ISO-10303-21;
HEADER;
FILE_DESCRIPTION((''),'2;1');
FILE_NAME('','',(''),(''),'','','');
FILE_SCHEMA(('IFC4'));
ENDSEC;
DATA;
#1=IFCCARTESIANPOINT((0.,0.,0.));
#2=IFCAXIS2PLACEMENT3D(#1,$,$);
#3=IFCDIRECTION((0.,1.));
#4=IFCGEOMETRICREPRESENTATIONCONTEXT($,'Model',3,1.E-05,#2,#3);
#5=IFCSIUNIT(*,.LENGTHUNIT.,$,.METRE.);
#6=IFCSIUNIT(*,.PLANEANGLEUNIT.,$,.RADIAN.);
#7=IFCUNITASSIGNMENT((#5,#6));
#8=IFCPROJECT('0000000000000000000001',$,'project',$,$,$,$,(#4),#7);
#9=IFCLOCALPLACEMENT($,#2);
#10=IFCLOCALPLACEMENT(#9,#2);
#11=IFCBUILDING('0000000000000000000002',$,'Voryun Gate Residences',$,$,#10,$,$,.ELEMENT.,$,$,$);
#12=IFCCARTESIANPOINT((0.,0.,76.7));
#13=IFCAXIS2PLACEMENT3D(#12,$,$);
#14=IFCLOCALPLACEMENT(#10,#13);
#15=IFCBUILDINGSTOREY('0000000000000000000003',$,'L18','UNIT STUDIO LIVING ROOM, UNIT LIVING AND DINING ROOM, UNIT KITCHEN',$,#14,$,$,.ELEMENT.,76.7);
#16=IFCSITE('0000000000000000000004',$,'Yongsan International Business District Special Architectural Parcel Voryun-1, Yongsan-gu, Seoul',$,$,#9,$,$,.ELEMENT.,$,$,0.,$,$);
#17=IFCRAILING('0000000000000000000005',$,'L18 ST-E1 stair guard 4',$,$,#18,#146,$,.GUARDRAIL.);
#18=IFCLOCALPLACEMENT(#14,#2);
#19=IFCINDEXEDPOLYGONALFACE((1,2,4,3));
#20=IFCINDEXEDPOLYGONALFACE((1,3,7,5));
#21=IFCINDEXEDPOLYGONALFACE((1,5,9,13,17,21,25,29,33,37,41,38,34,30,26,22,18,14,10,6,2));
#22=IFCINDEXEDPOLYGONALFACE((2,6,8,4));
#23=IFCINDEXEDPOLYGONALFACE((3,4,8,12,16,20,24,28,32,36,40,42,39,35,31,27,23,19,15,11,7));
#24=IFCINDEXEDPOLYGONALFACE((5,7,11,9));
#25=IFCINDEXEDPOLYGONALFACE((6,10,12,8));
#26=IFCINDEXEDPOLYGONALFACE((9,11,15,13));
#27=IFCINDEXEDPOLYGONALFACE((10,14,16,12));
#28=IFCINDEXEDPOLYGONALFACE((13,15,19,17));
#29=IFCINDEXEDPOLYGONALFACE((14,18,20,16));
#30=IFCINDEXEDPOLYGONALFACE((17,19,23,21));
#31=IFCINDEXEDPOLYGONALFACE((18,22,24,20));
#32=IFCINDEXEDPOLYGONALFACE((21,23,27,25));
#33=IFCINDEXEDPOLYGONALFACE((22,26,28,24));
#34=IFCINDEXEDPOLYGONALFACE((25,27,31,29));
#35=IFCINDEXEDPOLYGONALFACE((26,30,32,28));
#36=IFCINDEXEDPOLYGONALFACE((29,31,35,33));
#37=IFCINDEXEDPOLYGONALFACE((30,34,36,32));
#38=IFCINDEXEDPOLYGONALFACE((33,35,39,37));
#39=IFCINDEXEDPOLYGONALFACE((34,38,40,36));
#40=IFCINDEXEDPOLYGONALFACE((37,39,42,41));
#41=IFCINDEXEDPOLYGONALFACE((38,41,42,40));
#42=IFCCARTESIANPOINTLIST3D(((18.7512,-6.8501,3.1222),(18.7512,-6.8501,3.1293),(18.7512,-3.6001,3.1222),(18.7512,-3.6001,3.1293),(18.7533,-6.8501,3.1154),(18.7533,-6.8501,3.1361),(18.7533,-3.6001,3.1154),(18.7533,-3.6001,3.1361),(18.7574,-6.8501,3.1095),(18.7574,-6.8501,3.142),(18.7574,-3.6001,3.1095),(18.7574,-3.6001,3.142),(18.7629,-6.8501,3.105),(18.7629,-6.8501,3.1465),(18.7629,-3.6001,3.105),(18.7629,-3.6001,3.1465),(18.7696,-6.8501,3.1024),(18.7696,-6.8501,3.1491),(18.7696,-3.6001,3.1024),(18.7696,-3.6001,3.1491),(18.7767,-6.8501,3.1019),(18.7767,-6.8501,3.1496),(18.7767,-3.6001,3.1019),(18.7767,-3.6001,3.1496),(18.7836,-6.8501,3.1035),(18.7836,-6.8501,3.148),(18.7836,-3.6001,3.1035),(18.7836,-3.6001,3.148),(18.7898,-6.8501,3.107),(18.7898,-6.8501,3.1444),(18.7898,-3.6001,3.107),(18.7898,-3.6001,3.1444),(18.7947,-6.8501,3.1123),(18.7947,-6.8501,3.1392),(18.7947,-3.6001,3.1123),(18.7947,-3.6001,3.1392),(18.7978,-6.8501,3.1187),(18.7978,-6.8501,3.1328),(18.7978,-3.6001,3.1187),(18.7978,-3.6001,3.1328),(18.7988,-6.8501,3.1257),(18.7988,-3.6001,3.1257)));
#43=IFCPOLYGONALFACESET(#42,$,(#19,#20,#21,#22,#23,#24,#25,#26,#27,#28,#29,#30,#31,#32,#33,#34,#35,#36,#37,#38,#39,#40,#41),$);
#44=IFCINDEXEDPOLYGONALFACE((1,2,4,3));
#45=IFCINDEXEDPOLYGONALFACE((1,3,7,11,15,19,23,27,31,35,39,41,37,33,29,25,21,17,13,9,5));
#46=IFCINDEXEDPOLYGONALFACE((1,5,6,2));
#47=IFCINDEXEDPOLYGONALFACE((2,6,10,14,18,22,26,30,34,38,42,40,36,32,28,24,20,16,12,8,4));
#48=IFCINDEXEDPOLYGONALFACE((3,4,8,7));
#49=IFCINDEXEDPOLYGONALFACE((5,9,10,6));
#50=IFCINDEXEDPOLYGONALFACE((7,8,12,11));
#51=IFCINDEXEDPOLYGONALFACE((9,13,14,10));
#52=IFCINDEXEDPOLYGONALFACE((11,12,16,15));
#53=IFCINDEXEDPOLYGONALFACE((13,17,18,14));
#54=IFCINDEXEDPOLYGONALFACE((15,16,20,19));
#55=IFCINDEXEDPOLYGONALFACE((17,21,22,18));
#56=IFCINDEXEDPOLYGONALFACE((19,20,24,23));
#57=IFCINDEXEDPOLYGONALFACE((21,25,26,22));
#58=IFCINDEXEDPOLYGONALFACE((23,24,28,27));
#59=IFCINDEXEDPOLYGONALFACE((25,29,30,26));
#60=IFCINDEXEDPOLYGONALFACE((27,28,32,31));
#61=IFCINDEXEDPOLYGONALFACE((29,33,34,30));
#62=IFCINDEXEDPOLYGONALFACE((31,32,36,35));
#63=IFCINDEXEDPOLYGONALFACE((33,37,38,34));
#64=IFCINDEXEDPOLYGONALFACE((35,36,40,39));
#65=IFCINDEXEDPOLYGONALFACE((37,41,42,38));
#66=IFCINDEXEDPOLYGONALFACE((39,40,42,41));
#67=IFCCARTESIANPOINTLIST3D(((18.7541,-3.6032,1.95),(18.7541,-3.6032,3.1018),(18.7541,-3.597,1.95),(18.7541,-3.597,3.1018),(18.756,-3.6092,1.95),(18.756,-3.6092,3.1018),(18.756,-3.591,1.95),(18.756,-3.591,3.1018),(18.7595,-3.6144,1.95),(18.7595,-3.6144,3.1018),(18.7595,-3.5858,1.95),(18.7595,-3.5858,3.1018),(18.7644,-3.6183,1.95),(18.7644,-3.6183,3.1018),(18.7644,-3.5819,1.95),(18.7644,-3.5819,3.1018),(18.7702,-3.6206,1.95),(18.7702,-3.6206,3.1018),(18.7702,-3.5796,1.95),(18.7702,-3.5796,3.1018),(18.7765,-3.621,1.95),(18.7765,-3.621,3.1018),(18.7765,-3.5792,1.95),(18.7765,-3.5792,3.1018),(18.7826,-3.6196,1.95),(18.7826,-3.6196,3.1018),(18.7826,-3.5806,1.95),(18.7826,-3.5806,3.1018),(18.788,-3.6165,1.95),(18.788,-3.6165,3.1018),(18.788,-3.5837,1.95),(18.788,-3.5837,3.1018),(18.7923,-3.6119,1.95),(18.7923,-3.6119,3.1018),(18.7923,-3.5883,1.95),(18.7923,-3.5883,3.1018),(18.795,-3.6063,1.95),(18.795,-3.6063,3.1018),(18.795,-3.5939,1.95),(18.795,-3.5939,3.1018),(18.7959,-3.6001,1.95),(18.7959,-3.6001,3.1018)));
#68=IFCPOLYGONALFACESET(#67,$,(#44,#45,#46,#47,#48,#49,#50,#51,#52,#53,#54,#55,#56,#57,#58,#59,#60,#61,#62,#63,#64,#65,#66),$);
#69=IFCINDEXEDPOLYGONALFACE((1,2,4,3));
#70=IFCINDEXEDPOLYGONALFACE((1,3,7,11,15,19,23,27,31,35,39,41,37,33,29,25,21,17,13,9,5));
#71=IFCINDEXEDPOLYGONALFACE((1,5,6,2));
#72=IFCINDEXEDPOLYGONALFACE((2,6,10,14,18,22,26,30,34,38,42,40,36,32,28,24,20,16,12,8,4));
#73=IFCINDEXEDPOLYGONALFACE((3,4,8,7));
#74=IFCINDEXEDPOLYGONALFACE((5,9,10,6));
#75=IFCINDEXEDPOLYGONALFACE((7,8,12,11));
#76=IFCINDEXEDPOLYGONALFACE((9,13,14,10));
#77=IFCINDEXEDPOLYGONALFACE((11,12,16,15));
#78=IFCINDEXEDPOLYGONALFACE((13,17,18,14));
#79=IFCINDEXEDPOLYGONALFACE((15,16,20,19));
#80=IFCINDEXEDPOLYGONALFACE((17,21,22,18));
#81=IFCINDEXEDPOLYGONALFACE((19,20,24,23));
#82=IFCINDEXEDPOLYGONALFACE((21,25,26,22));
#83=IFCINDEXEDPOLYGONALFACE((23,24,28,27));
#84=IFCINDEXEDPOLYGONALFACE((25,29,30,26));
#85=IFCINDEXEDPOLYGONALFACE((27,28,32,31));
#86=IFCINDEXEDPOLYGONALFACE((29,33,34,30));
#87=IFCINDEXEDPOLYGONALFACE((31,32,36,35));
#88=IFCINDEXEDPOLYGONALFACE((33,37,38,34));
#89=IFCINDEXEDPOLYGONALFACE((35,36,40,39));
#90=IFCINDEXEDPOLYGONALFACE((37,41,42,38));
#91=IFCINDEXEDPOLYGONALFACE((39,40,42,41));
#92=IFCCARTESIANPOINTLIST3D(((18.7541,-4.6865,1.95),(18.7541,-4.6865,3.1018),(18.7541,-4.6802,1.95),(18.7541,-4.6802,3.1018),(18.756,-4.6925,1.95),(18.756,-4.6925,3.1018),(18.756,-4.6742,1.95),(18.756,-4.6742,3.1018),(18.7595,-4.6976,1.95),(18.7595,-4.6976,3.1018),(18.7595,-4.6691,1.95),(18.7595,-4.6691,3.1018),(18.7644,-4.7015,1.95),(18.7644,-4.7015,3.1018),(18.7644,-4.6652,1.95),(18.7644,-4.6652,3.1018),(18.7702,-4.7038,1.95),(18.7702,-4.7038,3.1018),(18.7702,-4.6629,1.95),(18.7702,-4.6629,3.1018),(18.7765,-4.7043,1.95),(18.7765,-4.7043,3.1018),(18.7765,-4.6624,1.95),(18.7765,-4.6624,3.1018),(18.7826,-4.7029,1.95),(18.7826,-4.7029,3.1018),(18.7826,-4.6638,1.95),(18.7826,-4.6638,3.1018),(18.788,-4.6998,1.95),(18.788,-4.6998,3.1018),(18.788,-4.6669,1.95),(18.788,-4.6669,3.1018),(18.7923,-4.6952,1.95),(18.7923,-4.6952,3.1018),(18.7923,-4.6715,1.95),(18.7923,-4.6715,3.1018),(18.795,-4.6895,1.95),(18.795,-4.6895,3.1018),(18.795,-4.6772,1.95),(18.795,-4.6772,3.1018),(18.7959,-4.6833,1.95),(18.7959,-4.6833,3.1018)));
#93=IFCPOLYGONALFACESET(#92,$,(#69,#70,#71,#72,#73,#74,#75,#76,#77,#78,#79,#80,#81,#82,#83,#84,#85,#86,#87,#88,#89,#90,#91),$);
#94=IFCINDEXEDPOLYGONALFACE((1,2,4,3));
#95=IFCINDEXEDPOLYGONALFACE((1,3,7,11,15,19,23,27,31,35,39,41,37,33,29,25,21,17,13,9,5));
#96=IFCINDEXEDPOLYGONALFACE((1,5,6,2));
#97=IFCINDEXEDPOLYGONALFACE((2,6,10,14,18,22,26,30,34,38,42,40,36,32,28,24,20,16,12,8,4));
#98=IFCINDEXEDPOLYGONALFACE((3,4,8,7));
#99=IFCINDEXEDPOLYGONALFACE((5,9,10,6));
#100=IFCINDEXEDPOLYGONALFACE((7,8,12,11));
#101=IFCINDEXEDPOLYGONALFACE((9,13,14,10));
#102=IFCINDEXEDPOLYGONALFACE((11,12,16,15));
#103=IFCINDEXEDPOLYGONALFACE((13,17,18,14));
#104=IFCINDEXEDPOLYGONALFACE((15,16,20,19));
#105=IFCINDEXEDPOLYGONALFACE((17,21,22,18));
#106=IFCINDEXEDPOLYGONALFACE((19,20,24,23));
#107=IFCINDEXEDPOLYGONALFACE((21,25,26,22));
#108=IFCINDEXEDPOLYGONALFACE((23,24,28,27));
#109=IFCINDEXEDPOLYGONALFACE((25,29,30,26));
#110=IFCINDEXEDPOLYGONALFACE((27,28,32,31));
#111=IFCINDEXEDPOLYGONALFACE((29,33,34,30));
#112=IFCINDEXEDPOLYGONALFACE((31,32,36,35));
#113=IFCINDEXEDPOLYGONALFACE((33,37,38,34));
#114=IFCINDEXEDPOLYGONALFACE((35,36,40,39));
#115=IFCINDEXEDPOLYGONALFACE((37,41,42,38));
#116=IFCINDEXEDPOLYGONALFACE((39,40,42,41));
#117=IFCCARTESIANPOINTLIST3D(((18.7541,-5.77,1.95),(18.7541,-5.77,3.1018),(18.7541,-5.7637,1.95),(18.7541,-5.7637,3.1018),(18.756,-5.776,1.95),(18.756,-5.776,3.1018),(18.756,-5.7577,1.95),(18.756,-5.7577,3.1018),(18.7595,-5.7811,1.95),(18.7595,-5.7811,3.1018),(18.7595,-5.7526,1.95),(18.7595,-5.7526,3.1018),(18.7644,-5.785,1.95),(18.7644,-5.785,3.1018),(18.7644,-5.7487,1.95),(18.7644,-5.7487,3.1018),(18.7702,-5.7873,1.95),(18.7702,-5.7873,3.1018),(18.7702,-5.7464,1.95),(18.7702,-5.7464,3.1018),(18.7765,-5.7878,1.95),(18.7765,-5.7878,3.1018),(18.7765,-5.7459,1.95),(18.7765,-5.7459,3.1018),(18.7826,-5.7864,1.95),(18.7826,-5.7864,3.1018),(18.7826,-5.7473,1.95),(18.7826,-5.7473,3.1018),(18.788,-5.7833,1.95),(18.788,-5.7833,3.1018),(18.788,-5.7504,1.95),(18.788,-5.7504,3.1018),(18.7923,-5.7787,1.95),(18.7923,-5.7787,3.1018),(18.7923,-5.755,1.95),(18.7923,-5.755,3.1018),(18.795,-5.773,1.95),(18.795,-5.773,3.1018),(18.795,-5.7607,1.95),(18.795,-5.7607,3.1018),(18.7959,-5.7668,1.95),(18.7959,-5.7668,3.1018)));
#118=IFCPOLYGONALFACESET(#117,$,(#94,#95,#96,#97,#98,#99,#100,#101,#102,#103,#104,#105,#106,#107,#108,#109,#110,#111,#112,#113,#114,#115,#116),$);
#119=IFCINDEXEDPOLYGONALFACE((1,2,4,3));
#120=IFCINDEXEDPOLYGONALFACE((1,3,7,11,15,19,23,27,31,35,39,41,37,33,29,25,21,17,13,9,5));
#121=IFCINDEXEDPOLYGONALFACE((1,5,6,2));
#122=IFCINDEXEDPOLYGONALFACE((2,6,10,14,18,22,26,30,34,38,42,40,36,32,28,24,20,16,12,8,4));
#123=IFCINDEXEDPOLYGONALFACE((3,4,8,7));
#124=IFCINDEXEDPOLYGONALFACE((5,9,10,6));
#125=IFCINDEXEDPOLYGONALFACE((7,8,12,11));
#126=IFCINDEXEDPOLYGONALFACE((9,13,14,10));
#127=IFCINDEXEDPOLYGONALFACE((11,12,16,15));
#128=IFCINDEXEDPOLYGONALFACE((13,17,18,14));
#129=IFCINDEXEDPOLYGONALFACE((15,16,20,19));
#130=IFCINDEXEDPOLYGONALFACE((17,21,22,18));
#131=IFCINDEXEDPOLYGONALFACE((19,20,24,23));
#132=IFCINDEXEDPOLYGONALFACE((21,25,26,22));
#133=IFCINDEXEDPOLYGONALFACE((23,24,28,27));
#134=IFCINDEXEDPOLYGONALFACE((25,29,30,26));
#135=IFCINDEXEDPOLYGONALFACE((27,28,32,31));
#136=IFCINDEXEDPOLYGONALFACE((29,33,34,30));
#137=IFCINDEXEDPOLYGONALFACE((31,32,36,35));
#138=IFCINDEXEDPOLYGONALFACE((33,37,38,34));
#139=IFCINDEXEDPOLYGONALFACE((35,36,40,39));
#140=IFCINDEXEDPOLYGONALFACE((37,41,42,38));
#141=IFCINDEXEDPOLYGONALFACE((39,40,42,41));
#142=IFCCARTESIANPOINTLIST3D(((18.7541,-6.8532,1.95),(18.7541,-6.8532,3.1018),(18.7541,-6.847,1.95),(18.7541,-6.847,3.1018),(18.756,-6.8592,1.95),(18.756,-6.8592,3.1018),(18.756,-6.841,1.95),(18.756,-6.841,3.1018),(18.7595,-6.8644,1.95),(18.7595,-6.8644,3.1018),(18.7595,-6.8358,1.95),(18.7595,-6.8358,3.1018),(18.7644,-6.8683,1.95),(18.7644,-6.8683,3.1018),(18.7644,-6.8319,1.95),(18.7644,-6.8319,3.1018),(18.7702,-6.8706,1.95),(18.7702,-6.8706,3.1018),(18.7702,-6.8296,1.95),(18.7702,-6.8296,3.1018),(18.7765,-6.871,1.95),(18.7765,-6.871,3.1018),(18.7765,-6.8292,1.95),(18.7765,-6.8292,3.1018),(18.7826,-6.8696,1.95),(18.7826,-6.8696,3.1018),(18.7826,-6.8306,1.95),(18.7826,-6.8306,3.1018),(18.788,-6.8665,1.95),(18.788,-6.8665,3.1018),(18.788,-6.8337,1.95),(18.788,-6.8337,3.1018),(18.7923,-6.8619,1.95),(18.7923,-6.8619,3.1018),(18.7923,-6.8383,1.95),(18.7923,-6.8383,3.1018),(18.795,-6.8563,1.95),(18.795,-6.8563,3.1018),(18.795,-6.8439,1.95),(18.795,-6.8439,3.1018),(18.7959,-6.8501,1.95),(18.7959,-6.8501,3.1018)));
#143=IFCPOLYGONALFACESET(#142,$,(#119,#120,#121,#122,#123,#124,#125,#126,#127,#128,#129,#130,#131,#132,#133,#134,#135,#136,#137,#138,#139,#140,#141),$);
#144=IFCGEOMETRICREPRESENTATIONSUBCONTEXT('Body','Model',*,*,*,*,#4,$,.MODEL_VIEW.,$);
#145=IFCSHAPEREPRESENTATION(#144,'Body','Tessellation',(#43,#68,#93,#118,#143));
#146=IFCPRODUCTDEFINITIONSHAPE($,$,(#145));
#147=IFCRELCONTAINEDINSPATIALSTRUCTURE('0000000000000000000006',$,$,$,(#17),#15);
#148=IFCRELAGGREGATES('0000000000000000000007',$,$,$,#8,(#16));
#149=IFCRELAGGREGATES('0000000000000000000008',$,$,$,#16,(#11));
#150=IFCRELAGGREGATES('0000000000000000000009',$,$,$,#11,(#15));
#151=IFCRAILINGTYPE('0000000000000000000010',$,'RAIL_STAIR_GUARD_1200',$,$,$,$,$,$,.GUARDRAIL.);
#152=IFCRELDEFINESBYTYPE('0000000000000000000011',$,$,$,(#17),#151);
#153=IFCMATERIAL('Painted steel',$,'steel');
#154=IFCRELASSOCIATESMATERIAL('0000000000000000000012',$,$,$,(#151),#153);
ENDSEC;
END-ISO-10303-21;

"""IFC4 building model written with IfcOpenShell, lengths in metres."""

from ifc_helpers import new_model, si_unit, direction, frame, origin, origin_2d, place, context, subcontext, project, spatial, circle, extrude, material, type_object, element, save


model = new_model("IFC4")

# Units and contexts
model_context = context("Model", 3, precision=1e-05, world=origin(), true_north=direction((0.0, 1.0)))
body_context = subcontext(model_context, "Body", "Model", "MODEL_VIEW")
ifc_project = project(units=[si_unit("LENGTHUNIT", "METRE"), si_unit("PLANEANGLEUNIT", "RADIAN")], contexts=[model_context])

# Site, building, storey
site_placement = place(None, origin())
site = spatial("IfcSite", under=ifc_project, at=site_placement, Name="Yongsan International Business District Special Architectural Parcel Voryun-1, Yongsan-gu, Seoul", CompositionType="ELEMENT", RefElevation=0.0)
building_placement = place(site_placement, origin())
building = spatial("IfcBuilding", under=site, at=building_placement, Name="Voryun Gate Residences", CompositionType="ELEMENT")
storey_placement = place(building_placement, frame((0.0, 0.0, 76.7)))
storey = spatial("IfcBuildingStorey", under=building, at=storey_placement, Name="L18", Description="UNIT STUDIO LIVING ROOM, UNIT LIVING AND DINING ROOM, UNIT KITCHEN", CompositionType="ELEMENT", Elevation=76.7)

# Railing
ifc_material_1 = material(Name="Painted steel", Category="steel")
railing_type_1 = type_object("IfcRailingType", Name="RAIL_STAIR_GUARD_1200", PredefinedType="GUARDRAIL", material=ifc_material_1)
for number, where, name in (
    (1, (18.7749, -3.6001, 1.95), "L18 ST-E1 stair guard 4"),
):
    element("IfcRailing", number, at=place(storey_placement, frame(where)), inside=storey, type_object=railing_type_1, Name=name, PredefinedType="GUARDRAIL", context=body_context, shape_type="SweptSolid", body=[
        extrude(circle(Radius=0.0239, at=origin_2d()), frame((0.0, 0.0, 1.1758), z_axis=(0.0, -1.0, 0.0), x_axis=(1.0, 0.0, 0.0)), (0.0, 0.0, 1.0), 3.25),
        extrude(circle(Radius=0.021, at=origin_2d()), origin(), (0.0, 0.0, 1.0), 1.1519),
        extrude(circle(Radius=0.021, at=origin_2d()), frame((0.0, -1.0833, 0.0)), (0.0, 0.0, 1.0), 1.1519),
        extrude(circle(Radius=0.021, at=origin_2d()), frame((0.0, -2.1667, 0.0)), (0.0, 0.0, 1.0), 1.1519),
        extrude(circle(Radius=0.021, at=origin_2d()), frame((0.0, -3.25, 0.0)), (0.0, 0.0, 1.0), 1.1519),
    ])

save(model, "model.ifc")
